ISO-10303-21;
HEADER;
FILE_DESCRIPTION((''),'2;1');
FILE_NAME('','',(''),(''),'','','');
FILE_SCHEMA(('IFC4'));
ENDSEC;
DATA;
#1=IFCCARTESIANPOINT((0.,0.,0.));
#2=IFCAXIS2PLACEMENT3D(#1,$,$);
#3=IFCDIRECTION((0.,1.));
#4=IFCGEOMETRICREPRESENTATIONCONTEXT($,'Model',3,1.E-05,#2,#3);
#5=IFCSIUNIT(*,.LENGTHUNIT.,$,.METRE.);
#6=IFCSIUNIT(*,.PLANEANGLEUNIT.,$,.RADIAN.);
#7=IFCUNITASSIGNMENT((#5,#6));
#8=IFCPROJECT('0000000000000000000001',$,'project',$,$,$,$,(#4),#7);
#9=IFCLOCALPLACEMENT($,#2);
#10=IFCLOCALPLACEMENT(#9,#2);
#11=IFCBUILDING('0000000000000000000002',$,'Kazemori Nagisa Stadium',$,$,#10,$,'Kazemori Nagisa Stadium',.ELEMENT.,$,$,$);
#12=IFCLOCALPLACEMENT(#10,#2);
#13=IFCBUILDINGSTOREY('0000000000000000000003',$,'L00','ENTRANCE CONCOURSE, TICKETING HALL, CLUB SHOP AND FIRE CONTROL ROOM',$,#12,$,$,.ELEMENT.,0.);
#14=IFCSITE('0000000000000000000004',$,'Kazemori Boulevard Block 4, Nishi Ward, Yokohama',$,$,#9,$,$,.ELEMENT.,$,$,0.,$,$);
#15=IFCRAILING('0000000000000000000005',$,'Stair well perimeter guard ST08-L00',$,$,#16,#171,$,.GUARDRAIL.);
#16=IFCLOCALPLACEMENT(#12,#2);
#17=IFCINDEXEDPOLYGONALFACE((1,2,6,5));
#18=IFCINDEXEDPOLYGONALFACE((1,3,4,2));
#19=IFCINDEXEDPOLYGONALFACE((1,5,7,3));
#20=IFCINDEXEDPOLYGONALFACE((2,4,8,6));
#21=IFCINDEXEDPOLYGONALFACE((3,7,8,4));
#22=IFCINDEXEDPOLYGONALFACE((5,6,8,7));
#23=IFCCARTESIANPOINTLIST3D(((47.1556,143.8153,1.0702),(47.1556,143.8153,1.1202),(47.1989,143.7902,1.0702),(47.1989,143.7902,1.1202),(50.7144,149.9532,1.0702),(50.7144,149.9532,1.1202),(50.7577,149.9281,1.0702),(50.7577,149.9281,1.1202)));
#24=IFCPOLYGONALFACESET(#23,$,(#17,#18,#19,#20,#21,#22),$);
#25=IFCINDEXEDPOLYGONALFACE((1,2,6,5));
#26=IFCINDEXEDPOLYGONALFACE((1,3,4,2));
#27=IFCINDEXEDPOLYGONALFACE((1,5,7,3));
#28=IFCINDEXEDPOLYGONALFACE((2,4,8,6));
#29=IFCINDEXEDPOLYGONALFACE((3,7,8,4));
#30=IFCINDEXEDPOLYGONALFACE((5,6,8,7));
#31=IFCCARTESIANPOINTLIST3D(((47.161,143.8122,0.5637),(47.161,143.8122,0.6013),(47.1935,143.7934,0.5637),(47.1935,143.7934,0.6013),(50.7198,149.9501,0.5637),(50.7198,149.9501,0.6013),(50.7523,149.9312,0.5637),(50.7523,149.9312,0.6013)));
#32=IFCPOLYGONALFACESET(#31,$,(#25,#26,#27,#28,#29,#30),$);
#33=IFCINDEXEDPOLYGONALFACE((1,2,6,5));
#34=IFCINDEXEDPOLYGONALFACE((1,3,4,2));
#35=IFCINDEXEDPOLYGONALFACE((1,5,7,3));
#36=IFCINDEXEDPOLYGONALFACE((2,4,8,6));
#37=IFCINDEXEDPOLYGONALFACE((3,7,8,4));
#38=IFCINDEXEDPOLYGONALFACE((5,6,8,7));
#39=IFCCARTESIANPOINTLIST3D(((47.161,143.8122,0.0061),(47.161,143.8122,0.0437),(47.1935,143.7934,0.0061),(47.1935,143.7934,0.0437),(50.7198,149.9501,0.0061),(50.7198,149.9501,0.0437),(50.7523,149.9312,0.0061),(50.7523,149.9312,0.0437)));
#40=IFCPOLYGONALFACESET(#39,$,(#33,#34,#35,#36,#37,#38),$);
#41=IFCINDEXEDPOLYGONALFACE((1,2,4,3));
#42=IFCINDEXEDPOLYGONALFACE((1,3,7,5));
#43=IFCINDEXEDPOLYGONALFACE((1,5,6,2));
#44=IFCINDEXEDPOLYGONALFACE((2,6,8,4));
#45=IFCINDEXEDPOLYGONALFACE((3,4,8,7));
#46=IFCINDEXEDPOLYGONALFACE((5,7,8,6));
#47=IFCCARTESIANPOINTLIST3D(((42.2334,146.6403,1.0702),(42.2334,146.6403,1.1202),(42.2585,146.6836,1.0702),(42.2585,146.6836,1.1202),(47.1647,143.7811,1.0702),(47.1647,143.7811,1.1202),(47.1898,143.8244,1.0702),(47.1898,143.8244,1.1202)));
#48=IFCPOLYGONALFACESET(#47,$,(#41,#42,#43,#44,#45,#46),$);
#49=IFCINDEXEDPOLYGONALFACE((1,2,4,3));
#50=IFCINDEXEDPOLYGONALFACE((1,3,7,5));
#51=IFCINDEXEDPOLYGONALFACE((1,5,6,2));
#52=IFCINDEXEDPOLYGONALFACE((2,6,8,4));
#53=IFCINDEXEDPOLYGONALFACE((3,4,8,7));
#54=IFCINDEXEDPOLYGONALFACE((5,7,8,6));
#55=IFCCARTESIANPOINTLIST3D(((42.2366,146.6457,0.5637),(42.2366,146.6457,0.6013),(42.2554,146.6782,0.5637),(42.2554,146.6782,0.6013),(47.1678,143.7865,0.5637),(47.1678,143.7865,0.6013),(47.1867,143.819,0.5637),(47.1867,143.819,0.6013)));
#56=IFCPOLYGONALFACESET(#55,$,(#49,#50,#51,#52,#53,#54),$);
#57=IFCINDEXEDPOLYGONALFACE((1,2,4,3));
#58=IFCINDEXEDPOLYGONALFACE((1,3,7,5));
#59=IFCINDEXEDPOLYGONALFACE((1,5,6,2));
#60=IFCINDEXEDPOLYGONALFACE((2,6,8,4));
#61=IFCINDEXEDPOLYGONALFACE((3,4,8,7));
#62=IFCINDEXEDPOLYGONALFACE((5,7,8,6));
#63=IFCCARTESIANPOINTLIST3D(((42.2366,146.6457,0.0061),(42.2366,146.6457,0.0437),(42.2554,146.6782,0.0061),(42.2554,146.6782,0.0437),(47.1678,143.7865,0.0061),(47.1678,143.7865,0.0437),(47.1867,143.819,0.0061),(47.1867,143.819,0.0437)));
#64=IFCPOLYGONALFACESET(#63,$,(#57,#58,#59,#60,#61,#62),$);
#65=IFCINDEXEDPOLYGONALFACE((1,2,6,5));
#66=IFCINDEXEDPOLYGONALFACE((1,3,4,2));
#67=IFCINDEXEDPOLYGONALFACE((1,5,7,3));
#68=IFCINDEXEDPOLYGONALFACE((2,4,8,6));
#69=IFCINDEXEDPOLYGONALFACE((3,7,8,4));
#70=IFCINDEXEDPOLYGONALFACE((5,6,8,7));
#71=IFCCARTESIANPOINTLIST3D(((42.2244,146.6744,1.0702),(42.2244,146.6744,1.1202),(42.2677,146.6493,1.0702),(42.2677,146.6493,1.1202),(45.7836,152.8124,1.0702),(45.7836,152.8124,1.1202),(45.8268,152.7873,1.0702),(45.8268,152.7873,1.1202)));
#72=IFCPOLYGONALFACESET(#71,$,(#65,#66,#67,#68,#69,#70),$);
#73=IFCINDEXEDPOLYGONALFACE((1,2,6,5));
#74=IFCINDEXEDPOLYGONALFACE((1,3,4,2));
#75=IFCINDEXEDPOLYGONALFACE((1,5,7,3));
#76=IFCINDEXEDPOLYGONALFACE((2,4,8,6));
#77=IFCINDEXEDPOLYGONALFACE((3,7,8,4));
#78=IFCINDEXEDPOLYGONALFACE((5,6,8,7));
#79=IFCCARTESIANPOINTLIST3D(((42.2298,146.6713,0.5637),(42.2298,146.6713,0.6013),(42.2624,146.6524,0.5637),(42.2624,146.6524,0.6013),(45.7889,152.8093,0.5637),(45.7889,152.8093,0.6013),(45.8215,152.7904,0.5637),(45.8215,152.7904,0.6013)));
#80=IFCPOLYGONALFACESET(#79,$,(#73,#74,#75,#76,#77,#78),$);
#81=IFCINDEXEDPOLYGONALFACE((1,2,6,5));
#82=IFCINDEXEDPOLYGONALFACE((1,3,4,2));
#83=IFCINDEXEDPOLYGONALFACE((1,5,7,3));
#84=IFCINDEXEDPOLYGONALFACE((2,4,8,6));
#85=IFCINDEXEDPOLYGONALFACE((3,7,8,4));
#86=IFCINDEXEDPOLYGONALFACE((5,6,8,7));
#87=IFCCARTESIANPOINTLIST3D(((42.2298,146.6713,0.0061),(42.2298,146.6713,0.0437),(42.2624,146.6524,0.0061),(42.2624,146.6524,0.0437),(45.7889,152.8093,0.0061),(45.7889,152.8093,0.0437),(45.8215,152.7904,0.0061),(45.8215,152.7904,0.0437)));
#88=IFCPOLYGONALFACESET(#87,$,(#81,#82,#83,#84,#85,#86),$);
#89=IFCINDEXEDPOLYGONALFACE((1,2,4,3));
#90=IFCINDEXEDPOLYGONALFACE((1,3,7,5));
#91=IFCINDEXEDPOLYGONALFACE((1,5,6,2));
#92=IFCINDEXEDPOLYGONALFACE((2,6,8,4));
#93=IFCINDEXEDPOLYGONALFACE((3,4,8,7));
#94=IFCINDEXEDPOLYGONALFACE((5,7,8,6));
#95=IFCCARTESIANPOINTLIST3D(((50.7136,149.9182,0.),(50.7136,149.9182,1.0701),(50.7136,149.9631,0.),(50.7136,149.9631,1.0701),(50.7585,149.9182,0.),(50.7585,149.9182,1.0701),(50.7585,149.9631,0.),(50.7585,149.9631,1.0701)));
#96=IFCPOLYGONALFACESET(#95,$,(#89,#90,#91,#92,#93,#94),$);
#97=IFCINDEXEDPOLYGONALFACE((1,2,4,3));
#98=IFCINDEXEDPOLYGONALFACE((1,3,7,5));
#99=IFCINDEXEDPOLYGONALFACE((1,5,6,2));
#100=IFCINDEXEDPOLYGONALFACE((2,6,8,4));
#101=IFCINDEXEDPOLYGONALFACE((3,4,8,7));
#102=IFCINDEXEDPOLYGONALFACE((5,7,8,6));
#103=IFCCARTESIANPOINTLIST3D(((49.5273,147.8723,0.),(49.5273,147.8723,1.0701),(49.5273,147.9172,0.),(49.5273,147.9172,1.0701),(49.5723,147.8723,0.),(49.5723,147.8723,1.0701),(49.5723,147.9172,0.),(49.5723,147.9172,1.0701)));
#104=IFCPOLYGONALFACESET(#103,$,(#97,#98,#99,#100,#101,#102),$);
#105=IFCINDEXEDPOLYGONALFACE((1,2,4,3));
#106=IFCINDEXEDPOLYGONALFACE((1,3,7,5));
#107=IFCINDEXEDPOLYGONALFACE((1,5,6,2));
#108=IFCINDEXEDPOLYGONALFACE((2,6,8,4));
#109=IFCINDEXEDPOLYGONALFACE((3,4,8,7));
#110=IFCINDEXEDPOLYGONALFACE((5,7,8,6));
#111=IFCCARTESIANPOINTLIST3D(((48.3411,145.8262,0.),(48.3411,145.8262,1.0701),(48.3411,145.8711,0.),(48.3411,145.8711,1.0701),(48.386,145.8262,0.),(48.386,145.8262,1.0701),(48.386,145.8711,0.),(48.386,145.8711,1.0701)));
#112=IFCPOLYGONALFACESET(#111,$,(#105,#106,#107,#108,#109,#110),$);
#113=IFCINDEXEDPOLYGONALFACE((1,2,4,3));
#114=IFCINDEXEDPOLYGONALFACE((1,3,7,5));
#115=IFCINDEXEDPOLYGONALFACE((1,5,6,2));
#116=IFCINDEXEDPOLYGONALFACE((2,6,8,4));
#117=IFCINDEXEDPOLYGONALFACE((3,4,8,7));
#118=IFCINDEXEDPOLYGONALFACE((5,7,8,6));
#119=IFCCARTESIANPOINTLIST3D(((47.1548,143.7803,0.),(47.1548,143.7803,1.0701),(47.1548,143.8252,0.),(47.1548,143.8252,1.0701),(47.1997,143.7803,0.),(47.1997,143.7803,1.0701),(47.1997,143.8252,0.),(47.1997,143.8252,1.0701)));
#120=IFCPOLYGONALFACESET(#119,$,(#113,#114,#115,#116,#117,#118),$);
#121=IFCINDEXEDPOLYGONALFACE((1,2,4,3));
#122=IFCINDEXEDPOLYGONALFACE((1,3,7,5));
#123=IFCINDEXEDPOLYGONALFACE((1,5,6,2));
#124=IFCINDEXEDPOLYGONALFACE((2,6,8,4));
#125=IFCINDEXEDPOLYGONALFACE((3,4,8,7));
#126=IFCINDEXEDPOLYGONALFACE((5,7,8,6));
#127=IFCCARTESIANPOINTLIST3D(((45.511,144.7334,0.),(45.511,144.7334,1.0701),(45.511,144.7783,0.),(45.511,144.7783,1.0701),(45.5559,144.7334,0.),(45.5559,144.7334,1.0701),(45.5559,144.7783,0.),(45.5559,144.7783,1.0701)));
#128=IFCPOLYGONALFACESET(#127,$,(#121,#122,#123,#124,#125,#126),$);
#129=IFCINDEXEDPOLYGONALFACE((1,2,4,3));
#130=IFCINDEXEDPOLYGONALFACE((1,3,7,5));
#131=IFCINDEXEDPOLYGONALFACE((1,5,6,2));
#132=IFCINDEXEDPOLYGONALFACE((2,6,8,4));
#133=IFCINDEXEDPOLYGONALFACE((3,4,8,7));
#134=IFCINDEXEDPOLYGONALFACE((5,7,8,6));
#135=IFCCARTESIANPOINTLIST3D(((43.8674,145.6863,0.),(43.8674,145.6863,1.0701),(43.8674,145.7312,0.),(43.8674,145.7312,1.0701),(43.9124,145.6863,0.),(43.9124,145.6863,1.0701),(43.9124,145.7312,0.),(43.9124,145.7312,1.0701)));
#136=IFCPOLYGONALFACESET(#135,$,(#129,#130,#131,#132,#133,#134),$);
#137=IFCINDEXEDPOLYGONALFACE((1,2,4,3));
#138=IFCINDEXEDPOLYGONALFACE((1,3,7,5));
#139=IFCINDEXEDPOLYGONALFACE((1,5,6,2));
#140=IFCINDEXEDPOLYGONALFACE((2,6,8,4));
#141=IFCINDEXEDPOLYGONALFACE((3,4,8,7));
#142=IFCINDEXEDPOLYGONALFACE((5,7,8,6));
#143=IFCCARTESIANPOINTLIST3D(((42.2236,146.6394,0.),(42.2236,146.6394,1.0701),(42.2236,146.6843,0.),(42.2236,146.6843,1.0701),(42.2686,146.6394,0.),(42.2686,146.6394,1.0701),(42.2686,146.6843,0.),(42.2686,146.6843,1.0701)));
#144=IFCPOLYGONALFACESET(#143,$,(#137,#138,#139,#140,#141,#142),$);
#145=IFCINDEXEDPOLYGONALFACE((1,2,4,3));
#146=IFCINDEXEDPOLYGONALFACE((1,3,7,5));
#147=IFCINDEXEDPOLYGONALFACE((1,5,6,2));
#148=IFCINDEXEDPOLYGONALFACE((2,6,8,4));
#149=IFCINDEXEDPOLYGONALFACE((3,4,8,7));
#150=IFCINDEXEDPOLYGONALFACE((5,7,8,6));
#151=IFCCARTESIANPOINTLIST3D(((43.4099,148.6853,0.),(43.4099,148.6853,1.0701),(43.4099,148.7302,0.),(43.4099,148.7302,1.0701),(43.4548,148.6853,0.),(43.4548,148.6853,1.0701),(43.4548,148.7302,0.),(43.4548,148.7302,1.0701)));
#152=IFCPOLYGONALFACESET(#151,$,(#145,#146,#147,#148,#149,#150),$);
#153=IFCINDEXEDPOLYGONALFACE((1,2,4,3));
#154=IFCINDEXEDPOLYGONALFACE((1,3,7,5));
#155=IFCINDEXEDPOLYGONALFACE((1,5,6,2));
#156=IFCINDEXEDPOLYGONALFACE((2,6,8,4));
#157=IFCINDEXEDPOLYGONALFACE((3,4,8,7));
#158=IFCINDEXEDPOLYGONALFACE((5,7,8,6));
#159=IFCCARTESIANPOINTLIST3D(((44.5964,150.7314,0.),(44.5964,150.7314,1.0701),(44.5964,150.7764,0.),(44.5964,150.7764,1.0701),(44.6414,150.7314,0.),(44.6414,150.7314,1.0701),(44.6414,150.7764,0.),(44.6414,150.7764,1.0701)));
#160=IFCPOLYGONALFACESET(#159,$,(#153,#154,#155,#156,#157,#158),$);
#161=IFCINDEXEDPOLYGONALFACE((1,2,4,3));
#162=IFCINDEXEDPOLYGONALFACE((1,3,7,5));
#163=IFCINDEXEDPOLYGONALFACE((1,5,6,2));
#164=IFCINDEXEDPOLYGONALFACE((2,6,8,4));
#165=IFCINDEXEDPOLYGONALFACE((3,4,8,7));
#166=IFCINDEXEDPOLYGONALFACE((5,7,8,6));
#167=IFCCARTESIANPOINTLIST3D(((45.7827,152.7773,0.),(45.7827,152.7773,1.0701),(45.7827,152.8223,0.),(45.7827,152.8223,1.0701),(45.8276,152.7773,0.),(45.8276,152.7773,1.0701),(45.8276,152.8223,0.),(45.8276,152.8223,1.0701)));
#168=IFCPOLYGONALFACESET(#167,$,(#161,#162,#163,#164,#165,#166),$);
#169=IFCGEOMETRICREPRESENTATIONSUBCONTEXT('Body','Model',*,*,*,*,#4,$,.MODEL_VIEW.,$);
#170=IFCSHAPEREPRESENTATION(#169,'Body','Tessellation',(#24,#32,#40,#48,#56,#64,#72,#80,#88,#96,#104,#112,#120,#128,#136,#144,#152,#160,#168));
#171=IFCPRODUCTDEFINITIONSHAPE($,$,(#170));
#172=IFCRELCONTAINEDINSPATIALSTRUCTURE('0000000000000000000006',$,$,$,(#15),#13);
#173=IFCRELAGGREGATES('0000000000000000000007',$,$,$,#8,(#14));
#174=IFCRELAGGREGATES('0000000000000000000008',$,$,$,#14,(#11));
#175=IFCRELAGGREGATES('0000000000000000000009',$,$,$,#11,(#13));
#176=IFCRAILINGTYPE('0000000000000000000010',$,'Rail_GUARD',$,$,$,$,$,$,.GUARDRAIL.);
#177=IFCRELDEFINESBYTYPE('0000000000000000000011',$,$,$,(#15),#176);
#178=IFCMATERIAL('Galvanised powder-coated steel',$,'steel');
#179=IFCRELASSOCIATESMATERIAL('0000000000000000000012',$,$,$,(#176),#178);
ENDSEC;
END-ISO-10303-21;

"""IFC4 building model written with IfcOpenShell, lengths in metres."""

from ifc_helpers import new_model, si_unit, direction, frame, origin, origin_2d, place, context, subcontext, project, spatial, rectangle, extrude, material, type_object, element, save


model = new_model("IFC4")

# Units and contexts
model_context = context("Model", 3, precision=1e-05, world=origin(), true_north=direction((0.0, 1.0)))
body_context = subcontext(model_context, "Body", "Model", "MODEL_VIEW")
ifc_project = project(units=[si_unit("LENGTHUNIT", "METRE"), si_unit("PLANEANGLEUNIT", "RADIAN")], contexts=[model_context])

# Site, building, storey
site_placement = place(None, origin())
site = spatial("IfcSite", under=ifc_project, at=site_placement, Name="Kazemori Boulevard Block 4, Nishi Ward, Yokohama", CompositionType="ELEMENT", RefElevation=0.0)
building_placement = place(site_placement, origin())
building = spatial("IfcBuilding", under=site, at=building_placement, Name="Kazemori Nagisa Stadium", LongName="Kazemori Nagisa Stadium", CompositionType="ELEMENT")
storey_placement = place(building_placement, origin())
storey = spatial("IfcBuildingStorey", under=building, at=storey_placement, Name="L00", Description="ENTRANCE CONCOURSE, TICKETING HALL, CLUB SHOP AND FIRE CONTROL ROOM", CompositionType="ELEMENT", Elevation=0.0)

# Railing
ifc_material_1 = material(Name="Galvanised powder-coated steel", Category="steel")
railing_type_1 = type_object("IfcRailingType", Name="Rail_GUARD", PredefinedType="GUARDRAIL", material=ifc_material_1)
railing_1_placement = place(storey_placement, frame((50.7361, 149.9407, 0.0)))
element("IfcRailing", 1, at=railing_1_placement, inside=storey, type_object=railing_type_1, Name="Stair well perimeter guard ST08-L00", PredefinedType="GUARDRAIL", context=body_context, shape_type="SweptSolid", body=[
    extrude(rectangle(XDim=0.05, YDim=0.05, at=origin_2d()), frame((0.0, 0.0, 1.0952), z_axis=(-0.501595, -0.865103, 0.0), x_axis=(0.865103, -0.501595, 0.0)), (0.0, 0.0, 1.0), 7.095),
    extrude(rectangle(XDim=0.0376, YDim=0.0376, at=origin_2d()), frame((0.0, 0.0, 0.5825), z_axis=(-0.501595, -0.865103, 0.0), x_axis=(0.865103, -0.501595, 0.0)), (0.0, 0.0, 1.0), 7.095),
    extrude(rectangle(XDim=0.0376, YDim=0.0376, at=origin_2d()), frame((0.0, 0.0, 0.0249), z_axis=(-0.501595, -0.865103, 0.0), x_axis=(0.865103, -0.501595, 0.0)), (0.0, 0.0, 1.0), 7.095),
    extrude(rectangle(XDim=0.05, YDim=0.05, at=origin_2d()), frame((-3.5588, -6.1379, 1.0952), z_axis=(-0.865103, 0.501595, 0.0), x_axis=(-0.501595, -0.865103, 0.0)), (0.0, 0.0, 1.0), 5.7002),
    extrude(rectangle(XDim=0.0376, YDim=0.0376, at=origin_2d()), frame((-3.5588, -6.1379, 0.5825), z_axis=(-0.865103, 0.501595, 0.0), x_axis=(-0.501595, -0.865103, 0.0)), (0.0, 0.0, 1.0), 5.7002),
    extrude(rectangle(XDim=0.0376, YDim=0.0376, at=origin_2d()), frame((-3.5588, -6.1379, 0.0249), z_axis=(-0.865103, 0.501595, 0.0), x_axis=(-0.501595, -0.865103, 0.0)), (0.0, 0.0, 1.0), 5.7002),
    extrude(rectangle(XDim=0.05, YDim=0.05, at=origin_2d()), frame((-8.49, -3.2788, 1.0952), z_axis=(0.501621, 0.865088, 0.0), x_axis=(-0.865088, 0.501621, 0.0)), (0.0, 0.0, 1.0), 7.0952),
    extrude(rectangle(XDim=0.0376, YDim=0.0376, at=origin_2d()), frame((-8.49, -3.2788, 0.5825), z_axis=(0.501621, 0.865088, 0.0), x_axis=(-0.865088, 0.501621, 0.0)), (0.0, 0.0, 1.0), 7.0952),
    extrude(rectangle(XDim=0.0376, YDim=0.0376, at=origin_2d()), frame((-8.49, -3.2788, 0.0249), z_axis=(0.501621, 0.865088, 0.0), x_axis=(-0.865088, 0.501621, 0.0)), (0.0, 0.0, 1.0), 7.0952),
    extrude(rectangle(XDim=0.0449, YDim=0.0449, at=origin_2d()), origin(), (0.0, 0.0, 1.0), 1.0701),
    extrude(rectangle(XDim=0.0449, YDim=0.0449, at=origin_2d()), frame((-1.1863, -2.0459, 0.0)), (0.0, 0.0, 1.0), 1.0701),
    extrude(rectangle(XDim=0.0449, YDim=0.0449, at=origin_2d()), frame((-2.3726, -4.092, 0.0)), (0.0, 0.0, 1.0), 1.0701),
    extrude(rectangle(XDim=0.0449, YDim=0.0449, at=origin_2d()), frame((-3.5588, -6.1379, 0.0)), (0.0, 0.0, 1.0), 1.0701),
    extrude(rectangle(XDim=0.0449, YDim=0.0449, at=origin_2d()), frame((-5.2026, -5.1848, 0.0)), (0.0, 0.0, 1.0), 1.0701),
    extrude(rectangle(XDim=0.0449, YDim=0.0449, at=origin_2d()), frame((-6.8462, -4.2319, 0.0)), (0.0, 0.0, 1.0), 1.0701),
    extrude(rectangle(XDim=0.0449, YDim=0.0449, at=origin_2d()), frame((-8.49, -3.2788, 0.0)), (0.0, 0.0, 1.0), 1.0701),
    extrude(rectangle(XDim=0.0449, YDim=0.0449, at=origin_2d()), frame((-7.3037, -1.2329, 0.0)), (0.0, 0.0, 1.0), 1.0701),
    extrude(rectangle(XDim=0.0449, YDim=0.0449, at=origin_2d()), frame((-6.1172, 0.8132, 0.0)), (0.0, 0.0, 1.0), 1.0701),
    extrude(rectangle(XDim=0.0449, YDim=0.0449, at=origin_2d()), frame((-4.9309, 2.8591, 0.0)), (0.0, 0.0, 1.0), 1.0701),
])

save(model, "model.ifc")
